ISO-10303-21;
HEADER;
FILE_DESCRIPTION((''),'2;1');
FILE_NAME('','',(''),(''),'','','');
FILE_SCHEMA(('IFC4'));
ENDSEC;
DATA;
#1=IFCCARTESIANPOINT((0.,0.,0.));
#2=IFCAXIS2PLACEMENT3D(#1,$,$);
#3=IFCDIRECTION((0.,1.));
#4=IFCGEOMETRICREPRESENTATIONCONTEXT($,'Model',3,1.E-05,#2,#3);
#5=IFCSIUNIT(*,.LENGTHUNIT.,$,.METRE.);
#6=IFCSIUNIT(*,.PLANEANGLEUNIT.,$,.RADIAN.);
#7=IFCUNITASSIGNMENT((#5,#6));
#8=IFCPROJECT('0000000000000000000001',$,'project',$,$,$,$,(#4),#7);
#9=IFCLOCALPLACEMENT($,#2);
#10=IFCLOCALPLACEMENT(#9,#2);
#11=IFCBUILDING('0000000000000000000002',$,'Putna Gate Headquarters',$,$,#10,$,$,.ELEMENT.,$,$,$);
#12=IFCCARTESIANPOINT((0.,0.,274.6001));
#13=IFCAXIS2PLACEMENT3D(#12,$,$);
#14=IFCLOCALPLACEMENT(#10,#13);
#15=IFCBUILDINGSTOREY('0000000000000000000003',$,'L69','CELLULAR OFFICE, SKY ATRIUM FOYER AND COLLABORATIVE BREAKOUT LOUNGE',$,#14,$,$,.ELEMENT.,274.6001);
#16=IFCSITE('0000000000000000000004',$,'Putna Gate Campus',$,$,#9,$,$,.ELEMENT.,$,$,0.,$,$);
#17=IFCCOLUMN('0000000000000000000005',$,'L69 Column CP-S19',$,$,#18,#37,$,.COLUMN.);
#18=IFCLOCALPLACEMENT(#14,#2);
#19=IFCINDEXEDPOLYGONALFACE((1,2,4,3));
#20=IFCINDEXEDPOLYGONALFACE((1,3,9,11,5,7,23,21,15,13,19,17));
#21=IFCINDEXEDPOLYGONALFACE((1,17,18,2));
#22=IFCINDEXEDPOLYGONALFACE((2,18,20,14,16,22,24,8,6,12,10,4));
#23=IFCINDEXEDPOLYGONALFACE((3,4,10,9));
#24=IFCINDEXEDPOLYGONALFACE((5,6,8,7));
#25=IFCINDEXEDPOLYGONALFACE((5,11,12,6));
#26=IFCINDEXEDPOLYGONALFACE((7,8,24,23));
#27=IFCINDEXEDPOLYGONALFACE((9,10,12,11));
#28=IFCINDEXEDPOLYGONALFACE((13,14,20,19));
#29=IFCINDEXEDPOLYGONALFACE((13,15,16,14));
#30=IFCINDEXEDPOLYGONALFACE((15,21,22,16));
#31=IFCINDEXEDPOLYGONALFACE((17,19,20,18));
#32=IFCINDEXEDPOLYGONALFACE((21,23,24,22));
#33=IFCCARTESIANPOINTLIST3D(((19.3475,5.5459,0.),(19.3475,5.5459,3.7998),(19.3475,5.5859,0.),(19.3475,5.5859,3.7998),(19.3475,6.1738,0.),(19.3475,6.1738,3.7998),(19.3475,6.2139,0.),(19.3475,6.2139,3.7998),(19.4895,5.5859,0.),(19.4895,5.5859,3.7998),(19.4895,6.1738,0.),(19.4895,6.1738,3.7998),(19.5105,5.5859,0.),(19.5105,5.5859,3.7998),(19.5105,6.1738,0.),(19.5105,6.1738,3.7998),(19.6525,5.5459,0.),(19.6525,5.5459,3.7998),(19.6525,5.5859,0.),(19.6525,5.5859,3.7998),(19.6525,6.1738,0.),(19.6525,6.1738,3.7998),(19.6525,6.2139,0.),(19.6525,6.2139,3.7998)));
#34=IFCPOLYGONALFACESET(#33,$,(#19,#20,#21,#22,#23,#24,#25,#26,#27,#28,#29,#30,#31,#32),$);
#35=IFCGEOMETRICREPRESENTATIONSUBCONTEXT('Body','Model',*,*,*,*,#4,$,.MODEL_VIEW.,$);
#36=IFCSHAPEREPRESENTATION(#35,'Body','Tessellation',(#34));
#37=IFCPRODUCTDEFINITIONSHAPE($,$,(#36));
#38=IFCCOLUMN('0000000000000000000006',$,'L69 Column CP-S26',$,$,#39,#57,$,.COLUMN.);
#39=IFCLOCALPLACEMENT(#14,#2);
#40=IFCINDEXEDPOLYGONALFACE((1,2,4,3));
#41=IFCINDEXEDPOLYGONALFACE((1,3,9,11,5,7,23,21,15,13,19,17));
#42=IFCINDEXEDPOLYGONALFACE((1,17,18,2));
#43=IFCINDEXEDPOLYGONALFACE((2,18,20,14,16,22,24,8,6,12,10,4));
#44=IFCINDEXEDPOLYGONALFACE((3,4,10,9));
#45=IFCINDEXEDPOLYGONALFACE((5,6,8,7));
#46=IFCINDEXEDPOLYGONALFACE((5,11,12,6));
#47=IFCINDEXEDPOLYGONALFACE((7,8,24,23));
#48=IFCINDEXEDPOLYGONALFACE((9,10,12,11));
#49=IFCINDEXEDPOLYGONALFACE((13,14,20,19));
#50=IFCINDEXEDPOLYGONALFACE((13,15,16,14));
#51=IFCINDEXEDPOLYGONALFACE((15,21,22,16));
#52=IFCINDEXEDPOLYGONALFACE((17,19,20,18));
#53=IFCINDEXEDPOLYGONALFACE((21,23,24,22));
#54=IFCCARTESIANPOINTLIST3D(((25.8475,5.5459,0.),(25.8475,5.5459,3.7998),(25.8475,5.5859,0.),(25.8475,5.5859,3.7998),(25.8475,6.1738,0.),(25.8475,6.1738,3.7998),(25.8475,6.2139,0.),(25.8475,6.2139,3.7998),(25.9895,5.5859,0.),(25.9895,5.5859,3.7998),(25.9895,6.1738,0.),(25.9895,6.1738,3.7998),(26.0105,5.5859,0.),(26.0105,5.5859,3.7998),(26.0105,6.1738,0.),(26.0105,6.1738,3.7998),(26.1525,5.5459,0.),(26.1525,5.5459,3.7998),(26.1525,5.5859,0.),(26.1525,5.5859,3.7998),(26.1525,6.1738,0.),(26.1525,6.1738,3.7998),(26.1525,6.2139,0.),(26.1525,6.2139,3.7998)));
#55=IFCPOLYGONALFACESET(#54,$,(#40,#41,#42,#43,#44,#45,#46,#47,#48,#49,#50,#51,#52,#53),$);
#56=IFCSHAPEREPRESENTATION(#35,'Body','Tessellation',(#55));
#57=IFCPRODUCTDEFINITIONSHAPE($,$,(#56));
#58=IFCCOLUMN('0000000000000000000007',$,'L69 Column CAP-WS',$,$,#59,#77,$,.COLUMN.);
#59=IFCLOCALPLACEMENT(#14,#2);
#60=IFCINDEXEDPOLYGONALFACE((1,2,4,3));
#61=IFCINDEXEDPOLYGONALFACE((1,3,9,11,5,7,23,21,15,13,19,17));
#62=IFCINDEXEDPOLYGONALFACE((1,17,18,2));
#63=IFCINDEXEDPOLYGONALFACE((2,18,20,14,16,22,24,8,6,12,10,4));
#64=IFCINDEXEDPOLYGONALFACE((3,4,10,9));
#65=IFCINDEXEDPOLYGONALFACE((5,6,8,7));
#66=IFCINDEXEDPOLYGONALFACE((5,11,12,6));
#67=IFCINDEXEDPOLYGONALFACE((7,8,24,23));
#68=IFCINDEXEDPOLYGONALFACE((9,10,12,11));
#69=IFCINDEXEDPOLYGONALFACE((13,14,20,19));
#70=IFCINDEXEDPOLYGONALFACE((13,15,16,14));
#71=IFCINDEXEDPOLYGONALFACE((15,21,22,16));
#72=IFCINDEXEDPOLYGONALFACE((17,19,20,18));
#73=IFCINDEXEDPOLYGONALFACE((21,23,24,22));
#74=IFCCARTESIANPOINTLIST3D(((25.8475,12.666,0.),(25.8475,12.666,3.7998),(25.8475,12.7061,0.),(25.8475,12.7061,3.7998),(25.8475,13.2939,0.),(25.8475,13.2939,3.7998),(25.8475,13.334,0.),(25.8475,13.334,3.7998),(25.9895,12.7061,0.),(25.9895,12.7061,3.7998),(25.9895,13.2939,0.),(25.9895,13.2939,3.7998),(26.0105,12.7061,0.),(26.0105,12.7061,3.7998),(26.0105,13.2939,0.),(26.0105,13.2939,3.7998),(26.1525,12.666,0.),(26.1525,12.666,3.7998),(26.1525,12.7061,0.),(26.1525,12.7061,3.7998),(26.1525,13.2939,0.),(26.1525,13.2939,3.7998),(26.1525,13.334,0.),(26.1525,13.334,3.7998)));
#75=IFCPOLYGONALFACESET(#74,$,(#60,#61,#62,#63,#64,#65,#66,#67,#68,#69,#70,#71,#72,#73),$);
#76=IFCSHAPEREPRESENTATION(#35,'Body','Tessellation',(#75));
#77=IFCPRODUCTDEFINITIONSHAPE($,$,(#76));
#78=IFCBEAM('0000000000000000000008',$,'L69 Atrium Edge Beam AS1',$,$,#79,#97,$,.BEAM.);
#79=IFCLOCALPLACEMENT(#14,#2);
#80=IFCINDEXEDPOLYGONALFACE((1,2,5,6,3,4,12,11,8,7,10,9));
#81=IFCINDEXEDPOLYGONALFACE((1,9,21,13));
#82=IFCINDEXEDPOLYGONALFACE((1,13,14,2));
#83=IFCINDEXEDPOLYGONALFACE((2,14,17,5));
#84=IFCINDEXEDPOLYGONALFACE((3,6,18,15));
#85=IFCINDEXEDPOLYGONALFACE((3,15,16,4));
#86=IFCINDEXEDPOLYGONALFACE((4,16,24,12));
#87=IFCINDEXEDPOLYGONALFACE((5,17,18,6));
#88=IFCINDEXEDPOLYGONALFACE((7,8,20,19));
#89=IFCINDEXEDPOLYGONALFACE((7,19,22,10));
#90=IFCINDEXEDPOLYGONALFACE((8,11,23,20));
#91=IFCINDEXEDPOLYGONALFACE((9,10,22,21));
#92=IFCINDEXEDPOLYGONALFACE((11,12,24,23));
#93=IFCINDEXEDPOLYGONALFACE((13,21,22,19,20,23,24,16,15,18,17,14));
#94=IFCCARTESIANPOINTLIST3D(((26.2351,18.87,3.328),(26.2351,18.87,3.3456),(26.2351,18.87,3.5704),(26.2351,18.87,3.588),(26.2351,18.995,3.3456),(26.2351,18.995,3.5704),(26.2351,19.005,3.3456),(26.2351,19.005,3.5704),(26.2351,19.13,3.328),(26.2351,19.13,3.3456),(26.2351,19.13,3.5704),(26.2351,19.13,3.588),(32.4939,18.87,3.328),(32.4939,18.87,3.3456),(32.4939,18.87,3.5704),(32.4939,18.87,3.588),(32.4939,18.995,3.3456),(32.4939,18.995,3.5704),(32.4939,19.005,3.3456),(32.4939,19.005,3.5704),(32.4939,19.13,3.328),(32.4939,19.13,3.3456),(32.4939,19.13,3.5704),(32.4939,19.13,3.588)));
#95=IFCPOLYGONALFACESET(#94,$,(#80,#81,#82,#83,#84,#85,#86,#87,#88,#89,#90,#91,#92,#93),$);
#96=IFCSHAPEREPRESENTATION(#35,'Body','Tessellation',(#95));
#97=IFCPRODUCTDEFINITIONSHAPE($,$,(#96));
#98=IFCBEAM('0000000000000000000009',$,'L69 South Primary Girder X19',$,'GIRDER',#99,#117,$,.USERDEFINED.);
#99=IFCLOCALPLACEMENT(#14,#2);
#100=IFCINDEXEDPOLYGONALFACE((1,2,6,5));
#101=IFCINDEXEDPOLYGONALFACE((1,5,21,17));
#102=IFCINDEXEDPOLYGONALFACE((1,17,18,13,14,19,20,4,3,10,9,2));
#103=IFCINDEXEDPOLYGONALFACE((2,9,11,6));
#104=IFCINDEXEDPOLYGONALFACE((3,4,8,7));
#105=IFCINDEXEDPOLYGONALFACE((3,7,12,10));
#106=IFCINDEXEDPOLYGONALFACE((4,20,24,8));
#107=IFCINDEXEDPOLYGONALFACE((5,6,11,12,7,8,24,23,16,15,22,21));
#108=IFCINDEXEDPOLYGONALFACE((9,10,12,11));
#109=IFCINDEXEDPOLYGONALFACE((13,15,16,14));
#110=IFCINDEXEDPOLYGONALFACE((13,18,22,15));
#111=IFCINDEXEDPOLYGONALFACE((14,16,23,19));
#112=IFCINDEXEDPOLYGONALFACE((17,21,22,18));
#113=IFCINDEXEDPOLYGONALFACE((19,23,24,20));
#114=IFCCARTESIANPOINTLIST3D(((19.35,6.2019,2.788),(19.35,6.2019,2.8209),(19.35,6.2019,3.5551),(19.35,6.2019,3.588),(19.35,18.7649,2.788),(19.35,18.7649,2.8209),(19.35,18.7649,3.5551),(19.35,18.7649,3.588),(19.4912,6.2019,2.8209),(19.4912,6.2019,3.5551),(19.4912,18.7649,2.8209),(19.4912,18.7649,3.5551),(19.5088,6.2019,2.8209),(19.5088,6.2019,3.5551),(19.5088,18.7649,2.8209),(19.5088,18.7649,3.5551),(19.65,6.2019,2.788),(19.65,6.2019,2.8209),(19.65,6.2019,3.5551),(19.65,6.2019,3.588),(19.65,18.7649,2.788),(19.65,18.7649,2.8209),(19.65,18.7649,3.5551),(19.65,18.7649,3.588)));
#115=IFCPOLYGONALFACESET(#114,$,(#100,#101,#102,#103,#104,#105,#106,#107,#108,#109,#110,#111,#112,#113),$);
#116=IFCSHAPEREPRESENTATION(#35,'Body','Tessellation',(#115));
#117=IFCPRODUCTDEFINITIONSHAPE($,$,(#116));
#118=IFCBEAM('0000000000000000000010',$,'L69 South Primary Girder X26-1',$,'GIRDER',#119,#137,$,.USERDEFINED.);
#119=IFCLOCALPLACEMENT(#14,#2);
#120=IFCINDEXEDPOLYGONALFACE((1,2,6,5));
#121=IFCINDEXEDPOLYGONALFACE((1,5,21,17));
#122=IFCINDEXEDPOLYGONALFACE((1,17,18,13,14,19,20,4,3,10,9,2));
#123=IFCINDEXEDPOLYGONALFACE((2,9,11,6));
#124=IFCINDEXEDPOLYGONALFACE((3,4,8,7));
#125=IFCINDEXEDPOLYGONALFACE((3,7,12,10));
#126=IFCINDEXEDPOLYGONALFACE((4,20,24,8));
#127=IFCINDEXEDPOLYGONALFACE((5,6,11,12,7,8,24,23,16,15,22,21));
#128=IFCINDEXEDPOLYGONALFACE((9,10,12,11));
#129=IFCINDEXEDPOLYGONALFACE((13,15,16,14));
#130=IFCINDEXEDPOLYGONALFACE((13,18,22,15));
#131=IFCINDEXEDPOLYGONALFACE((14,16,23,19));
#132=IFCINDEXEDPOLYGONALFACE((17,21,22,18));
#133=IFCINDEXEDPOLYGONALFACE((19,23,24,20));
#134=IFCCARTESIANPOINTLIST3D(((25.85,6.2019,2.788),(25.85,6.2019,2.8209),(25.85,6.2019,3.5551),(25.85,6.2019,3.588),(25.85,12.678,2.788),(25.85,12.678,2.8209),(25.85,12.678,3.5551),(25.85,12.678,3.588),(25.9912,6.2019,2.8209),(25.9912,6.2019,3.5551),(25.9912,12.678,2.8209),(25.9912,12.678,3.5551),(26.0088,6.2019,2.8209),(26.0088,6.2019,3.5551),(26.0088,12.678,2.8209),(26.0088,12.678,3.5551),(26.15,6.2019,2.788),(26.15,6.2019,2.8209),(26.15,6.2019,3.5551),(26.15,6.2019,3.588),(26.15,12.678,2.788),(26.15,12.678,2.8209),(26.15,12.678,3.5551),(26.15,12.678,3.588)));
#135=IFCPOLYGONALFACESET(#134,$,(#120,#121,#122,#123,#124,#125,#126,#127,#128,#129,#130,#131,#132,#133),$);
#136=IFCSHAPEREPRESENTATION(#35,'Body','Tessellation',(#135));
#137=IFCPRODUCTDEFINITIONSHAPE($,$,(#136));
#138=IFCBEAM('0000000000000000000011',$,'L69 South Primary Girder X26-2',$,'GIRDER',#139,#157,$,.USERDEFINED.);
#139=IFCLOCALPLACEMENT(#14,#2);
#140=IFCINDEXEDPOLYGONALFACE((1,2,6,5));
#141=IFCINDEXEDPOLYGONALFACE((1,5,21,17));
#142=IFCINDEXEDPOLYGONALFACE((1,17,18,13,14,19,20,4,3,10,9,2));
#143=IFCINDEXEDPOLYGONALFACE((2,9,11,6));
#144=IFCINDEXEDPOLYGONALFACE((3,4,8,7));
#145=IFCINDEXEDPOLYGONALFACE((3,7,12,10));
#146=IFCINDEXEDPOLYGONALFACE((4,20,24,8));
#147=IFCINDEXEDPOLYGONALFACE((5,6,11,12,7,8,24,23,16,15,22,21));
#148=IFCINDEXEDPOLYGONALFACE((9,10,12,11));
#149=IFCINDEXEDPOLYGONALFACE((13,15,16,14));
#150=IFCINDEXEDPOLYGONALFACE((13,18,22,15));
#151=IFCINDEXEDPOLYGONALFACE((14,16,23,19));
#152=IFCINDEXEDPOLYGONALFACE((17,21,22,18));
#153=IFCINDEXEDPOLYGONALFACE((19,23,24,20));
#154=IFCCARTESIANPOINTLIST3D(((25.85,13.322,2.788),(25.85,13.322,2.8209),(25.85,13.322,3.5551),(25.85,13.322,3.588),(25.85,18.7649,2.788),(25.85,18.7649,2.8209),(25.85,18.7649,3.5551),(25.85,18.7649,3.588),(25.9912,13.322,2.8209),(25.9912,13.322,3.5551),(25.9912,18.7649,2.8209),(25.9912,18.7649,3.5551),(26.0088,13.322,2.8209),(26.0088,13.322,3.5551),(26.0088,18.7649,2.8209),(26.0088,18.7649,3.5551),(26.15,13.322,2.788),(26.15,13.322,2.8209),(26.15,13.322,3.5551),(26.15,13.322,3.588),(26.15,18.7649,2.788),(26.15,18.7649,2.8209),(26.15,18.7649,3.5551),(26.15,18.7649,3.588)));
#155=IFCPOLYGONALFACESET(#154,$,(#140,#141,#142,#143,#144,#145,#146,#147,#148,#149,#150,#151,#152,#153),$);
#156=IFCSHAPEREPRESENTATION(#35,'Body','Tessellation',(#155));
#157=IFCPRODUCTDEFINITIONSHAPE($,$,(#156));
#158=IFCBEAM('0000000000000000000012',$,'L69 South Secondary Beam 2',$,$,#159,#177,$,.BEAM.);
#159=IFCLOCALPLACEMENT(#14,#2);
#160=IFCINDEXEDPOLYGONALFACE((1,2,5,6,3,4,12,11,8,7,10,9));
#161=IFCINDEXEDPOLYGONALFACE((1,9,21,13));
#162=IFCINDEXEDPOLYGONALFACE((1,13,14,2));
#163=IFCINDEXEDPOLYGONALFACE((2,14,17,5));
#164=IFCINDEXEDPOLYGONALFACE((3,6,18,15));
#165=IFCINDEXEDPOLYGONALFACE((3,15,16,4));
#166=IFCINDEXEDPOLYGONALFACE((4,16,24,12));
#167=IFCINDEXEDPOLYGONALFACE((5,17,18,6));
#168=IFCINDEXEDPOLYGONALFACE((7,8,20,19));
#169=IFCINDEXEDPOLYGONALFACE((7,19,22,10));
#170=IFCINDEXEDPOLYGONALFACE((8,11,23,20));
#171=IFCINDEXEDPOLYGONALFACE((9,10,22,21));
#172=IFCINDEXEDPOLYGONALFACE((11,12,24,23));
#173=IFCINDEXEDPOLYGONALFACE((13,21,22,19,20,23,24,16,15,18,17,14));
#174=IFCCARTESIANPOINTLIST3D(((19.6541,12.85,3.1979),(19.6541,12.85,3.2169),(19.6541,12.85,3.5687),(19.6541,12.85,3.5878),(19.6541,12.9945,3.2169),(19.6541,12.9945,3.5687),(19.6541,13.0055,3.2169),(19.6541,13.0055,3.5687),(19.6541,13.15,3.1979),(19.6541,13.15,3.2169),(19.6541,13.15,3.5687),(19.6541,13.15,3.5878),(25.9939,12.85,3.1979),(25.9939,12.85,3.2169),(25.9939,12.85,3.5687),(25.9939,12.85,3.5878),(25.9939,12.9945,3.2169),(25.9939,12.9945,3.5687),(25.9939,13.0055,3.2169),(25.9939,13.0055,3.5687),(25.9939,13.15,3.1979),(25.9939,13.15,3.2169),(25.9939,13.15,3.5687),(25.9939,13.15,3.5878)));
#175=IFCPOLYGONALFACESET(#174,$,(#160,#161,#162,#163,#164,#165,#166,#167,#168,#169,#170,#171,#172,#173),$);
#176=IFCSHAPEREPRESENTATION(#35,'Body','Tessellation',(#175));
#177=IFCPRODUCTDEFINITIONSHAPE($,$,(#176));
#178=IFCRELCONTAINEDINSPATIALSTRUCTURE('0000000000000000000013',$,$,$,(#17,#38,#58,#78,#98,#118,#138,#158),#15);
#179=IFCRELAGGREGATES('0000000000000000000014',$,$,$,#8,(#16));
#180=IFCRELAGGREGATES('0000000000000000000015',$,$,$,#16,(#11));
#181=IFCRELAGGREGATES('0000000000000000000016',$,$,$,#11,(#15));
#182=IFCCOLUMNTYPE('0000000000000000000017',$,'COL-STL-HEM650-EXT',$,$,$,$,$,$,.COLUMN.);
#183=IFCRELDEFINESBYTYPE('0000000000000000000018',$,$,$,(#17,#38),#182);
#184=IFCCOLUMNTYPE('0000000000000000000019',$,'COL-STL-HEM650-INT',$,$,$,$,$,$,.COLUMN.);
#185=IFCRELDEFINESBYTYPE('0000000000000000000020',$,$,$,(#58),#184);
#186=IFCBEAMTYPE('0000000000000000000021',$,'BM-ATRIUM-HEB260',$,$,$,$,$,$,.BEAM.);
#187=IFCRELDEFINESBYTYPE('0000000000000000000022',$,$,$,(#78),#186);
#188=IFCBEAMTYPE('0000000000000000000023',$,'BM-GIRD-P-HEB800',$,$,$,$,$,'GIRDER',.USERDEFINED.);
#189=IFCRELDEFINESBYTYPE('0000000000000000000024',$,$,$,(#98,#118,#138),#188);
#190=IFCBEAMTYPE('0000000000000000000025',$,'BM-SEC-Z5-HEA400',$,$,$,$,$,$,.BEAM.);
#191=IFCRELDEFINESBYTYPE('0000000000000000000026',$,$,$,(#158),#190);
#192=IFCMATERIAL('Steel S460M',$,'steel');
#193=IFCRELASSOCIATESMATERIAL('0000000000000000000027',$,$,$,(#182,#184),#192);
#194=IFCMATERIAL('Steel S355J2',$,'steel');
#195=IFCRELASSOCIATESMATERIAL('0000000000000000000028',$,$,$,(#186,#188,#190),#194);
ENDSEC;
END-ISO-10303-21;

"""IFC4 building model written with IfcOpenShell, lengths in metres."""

from ifc_helpers import new_model, si_unit, direction, frame, origin, origin_2d, place, context, subcontext, project, spatial, i_section, extrude, material, material_profile, profile_set, type_object, element, save


model = new_model("IFC4")

# Units and contexts
model_context = context("Model", 3, precision=1e-05, world=origin(), true_north=direction((0.0, 1.0)))
body_context = subcontext(model_context, "Body", "Model", "MODEL_VIEW")
ifc_project = project(units=[si_unit("LENGTHUNIT", "METRE"), si_unit("PLANEANGLEUNIT", "RADIAN")], contexts=[model_context])

# Site, building, storey
site_placement = place(None, origin())
site = spatial("IfcSite", under=ifc_project, at=site_placement, Name="Putna Gate Campus", CompositionType="ELEMENT", RefElevation=0.0)
building_placement = place(site_placement, origin())
building = spatial("IfcBuilding", under=site, at=building_placement, Name="Putna Gate Headquarters", CompositionType="ELEMENT")
storey_placement = place(building_placement, frame((0.0, 0.0, 274.6001)))
storey = spatial("IfcBuildingStorey", under=building, at=storey_placement, Name="L69", Description="CELLULAR OFFICE, SKY ATRIUM FOYER AND COLLABORATIVE BREAKOUT LOUNGE", CompositionType="ELEMENT", Elevation=274.6001)

# Columns
ifc_material_1 = material(Name="Steel S460M", Category="steel")
ifc_material_profile_1 = material_profile(ifc_material_1, i_section(OverallWidth=0.3049, OverallDepth=0.668, WebThickness=0.021, FlangeThickness=0.04, at=origin_2d()), Name="Steel S460M")
ifc_profile_set_1 = profile_set([ifc_material_profile_1], Name="Steel S460M")
column_type_1 = type_object("IfcColumnType", Name="COL-STL-HEM650-EXT", PredefinedType="COLUMN", material=ifc_profile_set_1)
for number, where, z_axis, x_axis, name in (
    (1, (19.5, 5.8799, 0.0), (0.0, 0.0, 1.0), (1.0, 0.0, 0.0), "L69 Column CP-S19"),
    (2, (26.0, 5.8799, 0.0), (0.0, 0.0, 1.0), (1.0, 0.0, 0.0), "L69 Column CP-S26"),
):
    element("IfcColumn", number, at=place(storey_placement, frame(where, z_axis=z_axis, x_axis=x_axis)), inside=storey, type_object=column_type_1, Name=name, PredefinedType="COLUMN", context=body_context, shape_type="SweptSolid", body=[
        extrude(i_section(OverallWidth=0.3049, OverallDepth=0.668, WebThickness=0.021, FlangeThickness=0.04, at=origin_2d()), origin(), (0.0, 0.0, 1.0), 3.7998),
    ])
ifc_material_profile_2 = material_profile(ifc_material_1, i_section(OverallWidth=0.3049, OverallDepth=0.668, WebThickness=0.021, FlangeThickness=0.04, at=origin_2d()), Name="Steel S460M")
ifc_profile_set_2 = profile_set([ifc_material_profile_2], Name="Steel S460M")
column_type_2 = type_object("IfcColumnType", Name="COL-STL-HEM650-INT", PredefinedType="COLUMN", material=ifc_profile_set_2)
column_placement = place(storey_placement, frame((26.0, 13.0, 0.0), z_axis=(0.0, 0.0, 1.0), x_axis=(1.0, 0.0, 0.0)))
element("IfcColumn", 3, at=column_placement, inside=storey, type_object=column_type_2, Name="L69 Column CAP-WS", PredefinedType="COLUMN", context=body_context, shape_type="SweptSolid", body=[
    extrude(i_section(OverallWidth=0.3049, OverallDepth=0.668, WebThickness=0.021, FlangeThickness=0.04, at=origin_2d()), origin(), (0.0, 0.0, 1.0), 3.7998),
])

# Beams
ifc_material_2 = material(Name="Steel S355J2", Category="steel")
ifc_material_profile_3 = material_profile(ifc_material_2, i_section(OverallWidth=0.26, OverallDepth=0.26, WebThickness=0.01, FlangeThickness=0.0176, at=origin_2d()), Name="Steel S355J2")
ifc_profile_set_3 = profile_set([ifc_material_profile_3], Name="Steel S355J2")
beam_type_1 = type_object("IfcBeamType", Name="BM-ATRIUM-HEB260", PredefinedType="BEAM", material=ifc_profile_set_3)
beam_1_placement = place(storey_placement, frame((26.2351, 19.0, 3.458), z_axis=(1.0, 0.0, 0.0), x_axis=(0.0, 1.0, 0.0)))
element("IfcBeam", 4, at=beam_1_placement, inside=storey, type_object=beam_type_1, Name="L69 Atrium Edge Beam AS1", PredefinedType="BEAM", context=body_context, shape_type="SweptSolid", body=[
    extrude(i_section(OverallWidth=0.26, OverallDepth=0.26, WebThickness=0.01, FlangeThickness=0.0176, at=origin_2d()), origin(), (0.0, 0.0, 1.0), 6.2588),
])
ifc_material_profile_4 = material_profile(ifc_material_2, i_section(OverallWidth=0.3, OverallDepth=0.8, WebThickness=0.0176, FlangeThickness=0.033, at=origin_2d()), Name="Steel S355J2")
ifc_profile_set_4 = profile_set([ifc_material_profile_4], Name="Steel S355J2")
beam_type_2 = type_object("IfcBeamType", Name="BM-GIRD-P-HEB800", ElementType="GIRDER", PredefinedType="USERDEFINED", material=ifc_profile_set_4)
beam_2_placement = place(storey_placement, frame((19.5, 6.2019, 3.188), z_axis=(0.0, 1.0, 0.0), x_axis=(-1.0, 0.0, 0.0)))
element("IfcBeam", 5, at=beam_2_placement, inside=storey, type_object=beam_type_2, Name="L69 South Primary Girder X19", ObjectType="GIRDER", PredefinedType="USERDEFINED", context=body_context, shape_type="SweptSolid", body=[
    extrude(i_section(OverallWidth=0.3, OverallDepth=0.8, WebThickness=0.0176, FlangeThickness=0.033, at=origin_2d()), origin(), (0.0, 0.0, 1.0), 12.563),
])
beam_3_placement = place(storey_placement, frame((26.0, 6.2019, 3.188), z_axis=(0.0, 1.0, 0.0), x_axis=(-1.0, 0.0, 0.0)))
element("IfcBeam", 6, at=beam_3_placement, inside=storey, type_object=beam_type_2, Name="L69 South Primary Girder X26-1", ObjectType="GIRDER", PredefinedType="USERDEFINED", context=body_context, shape_type="SweptSolid", body=[
    extrude(i_section(OverallWidth=0.3, OverallDepth=0.8, WebThickness=0.0176, FlangeThickness=0.033, at=origin_2d()), origin(), (0.0, 0.0, 1.0), 6.4761),
])
beam_4_placement = place(storey_placement, frame((26.0, 13.322, 3.188), z_axis=(0.0, 1.0, 0.0), x_axis=(-1.0, 0.0, 0.0)))
element("IfcBeam", 7, at=beam_4_placement, inside=storey, type_object=beam_type_2, Name="L69 South Primary Girder X26-2", ObjectType="GIRDER", PredefinedType="USERDEFINED", context=body_context, shape_type="SweptSolid", body=[
    extrude(i_section(OverallWidth=0.3, OverallDepth=0.8, WebThickness=0.0176, FlangeThickness=0.033, at=origin_2d()), origin(), (0.0, 0.0, 1.0), 5.4429),
])
ifc_material_profile_5 = material_profile(ifc_material_2, i_section(OverallWidth=0.3, OverallDepth=0.3899, WebThickness=0.011, FlangeThickness=0.019, at=origin_2d()), Name="Steel S355J2")
ifc_profile_set_5 = profile_set([ifc_material_profile_5], Name="Steel S355J2")
beam_type_3 = type_object("IfcBeamType", Name="BM-SEC-Z5-HEA400", PredefinedType="BEAM", material=ifc_profile_set_5)
for number, where, z_axis, x_axis, name in (
    (8, (19.6541, 13.0, 3.3928), (1.0, 0.0, 0.0), (0.0, 1.0, 0.0), "L69 South Secondary Beam 2"),
):
    element("IfcBeam", number, at=place(storey_placement, frame(where, z_axis=z_axis, x_axis=x_axis)), inside=storey, type_object=beam_type_3, Name=name, PredefinedType="BEAM", context=body_context, shape_type="SweptSolid", body=[
        extrude(i_section(OverallWidth=0.3, OverallDepth=0.3899, WebThickness=0.011, FlangeThickness=0.019, at=origin_2d()), origin(), (0.0, 0.0, 1.0), 6.3398),
    ])

save(model, "model.ifc")
